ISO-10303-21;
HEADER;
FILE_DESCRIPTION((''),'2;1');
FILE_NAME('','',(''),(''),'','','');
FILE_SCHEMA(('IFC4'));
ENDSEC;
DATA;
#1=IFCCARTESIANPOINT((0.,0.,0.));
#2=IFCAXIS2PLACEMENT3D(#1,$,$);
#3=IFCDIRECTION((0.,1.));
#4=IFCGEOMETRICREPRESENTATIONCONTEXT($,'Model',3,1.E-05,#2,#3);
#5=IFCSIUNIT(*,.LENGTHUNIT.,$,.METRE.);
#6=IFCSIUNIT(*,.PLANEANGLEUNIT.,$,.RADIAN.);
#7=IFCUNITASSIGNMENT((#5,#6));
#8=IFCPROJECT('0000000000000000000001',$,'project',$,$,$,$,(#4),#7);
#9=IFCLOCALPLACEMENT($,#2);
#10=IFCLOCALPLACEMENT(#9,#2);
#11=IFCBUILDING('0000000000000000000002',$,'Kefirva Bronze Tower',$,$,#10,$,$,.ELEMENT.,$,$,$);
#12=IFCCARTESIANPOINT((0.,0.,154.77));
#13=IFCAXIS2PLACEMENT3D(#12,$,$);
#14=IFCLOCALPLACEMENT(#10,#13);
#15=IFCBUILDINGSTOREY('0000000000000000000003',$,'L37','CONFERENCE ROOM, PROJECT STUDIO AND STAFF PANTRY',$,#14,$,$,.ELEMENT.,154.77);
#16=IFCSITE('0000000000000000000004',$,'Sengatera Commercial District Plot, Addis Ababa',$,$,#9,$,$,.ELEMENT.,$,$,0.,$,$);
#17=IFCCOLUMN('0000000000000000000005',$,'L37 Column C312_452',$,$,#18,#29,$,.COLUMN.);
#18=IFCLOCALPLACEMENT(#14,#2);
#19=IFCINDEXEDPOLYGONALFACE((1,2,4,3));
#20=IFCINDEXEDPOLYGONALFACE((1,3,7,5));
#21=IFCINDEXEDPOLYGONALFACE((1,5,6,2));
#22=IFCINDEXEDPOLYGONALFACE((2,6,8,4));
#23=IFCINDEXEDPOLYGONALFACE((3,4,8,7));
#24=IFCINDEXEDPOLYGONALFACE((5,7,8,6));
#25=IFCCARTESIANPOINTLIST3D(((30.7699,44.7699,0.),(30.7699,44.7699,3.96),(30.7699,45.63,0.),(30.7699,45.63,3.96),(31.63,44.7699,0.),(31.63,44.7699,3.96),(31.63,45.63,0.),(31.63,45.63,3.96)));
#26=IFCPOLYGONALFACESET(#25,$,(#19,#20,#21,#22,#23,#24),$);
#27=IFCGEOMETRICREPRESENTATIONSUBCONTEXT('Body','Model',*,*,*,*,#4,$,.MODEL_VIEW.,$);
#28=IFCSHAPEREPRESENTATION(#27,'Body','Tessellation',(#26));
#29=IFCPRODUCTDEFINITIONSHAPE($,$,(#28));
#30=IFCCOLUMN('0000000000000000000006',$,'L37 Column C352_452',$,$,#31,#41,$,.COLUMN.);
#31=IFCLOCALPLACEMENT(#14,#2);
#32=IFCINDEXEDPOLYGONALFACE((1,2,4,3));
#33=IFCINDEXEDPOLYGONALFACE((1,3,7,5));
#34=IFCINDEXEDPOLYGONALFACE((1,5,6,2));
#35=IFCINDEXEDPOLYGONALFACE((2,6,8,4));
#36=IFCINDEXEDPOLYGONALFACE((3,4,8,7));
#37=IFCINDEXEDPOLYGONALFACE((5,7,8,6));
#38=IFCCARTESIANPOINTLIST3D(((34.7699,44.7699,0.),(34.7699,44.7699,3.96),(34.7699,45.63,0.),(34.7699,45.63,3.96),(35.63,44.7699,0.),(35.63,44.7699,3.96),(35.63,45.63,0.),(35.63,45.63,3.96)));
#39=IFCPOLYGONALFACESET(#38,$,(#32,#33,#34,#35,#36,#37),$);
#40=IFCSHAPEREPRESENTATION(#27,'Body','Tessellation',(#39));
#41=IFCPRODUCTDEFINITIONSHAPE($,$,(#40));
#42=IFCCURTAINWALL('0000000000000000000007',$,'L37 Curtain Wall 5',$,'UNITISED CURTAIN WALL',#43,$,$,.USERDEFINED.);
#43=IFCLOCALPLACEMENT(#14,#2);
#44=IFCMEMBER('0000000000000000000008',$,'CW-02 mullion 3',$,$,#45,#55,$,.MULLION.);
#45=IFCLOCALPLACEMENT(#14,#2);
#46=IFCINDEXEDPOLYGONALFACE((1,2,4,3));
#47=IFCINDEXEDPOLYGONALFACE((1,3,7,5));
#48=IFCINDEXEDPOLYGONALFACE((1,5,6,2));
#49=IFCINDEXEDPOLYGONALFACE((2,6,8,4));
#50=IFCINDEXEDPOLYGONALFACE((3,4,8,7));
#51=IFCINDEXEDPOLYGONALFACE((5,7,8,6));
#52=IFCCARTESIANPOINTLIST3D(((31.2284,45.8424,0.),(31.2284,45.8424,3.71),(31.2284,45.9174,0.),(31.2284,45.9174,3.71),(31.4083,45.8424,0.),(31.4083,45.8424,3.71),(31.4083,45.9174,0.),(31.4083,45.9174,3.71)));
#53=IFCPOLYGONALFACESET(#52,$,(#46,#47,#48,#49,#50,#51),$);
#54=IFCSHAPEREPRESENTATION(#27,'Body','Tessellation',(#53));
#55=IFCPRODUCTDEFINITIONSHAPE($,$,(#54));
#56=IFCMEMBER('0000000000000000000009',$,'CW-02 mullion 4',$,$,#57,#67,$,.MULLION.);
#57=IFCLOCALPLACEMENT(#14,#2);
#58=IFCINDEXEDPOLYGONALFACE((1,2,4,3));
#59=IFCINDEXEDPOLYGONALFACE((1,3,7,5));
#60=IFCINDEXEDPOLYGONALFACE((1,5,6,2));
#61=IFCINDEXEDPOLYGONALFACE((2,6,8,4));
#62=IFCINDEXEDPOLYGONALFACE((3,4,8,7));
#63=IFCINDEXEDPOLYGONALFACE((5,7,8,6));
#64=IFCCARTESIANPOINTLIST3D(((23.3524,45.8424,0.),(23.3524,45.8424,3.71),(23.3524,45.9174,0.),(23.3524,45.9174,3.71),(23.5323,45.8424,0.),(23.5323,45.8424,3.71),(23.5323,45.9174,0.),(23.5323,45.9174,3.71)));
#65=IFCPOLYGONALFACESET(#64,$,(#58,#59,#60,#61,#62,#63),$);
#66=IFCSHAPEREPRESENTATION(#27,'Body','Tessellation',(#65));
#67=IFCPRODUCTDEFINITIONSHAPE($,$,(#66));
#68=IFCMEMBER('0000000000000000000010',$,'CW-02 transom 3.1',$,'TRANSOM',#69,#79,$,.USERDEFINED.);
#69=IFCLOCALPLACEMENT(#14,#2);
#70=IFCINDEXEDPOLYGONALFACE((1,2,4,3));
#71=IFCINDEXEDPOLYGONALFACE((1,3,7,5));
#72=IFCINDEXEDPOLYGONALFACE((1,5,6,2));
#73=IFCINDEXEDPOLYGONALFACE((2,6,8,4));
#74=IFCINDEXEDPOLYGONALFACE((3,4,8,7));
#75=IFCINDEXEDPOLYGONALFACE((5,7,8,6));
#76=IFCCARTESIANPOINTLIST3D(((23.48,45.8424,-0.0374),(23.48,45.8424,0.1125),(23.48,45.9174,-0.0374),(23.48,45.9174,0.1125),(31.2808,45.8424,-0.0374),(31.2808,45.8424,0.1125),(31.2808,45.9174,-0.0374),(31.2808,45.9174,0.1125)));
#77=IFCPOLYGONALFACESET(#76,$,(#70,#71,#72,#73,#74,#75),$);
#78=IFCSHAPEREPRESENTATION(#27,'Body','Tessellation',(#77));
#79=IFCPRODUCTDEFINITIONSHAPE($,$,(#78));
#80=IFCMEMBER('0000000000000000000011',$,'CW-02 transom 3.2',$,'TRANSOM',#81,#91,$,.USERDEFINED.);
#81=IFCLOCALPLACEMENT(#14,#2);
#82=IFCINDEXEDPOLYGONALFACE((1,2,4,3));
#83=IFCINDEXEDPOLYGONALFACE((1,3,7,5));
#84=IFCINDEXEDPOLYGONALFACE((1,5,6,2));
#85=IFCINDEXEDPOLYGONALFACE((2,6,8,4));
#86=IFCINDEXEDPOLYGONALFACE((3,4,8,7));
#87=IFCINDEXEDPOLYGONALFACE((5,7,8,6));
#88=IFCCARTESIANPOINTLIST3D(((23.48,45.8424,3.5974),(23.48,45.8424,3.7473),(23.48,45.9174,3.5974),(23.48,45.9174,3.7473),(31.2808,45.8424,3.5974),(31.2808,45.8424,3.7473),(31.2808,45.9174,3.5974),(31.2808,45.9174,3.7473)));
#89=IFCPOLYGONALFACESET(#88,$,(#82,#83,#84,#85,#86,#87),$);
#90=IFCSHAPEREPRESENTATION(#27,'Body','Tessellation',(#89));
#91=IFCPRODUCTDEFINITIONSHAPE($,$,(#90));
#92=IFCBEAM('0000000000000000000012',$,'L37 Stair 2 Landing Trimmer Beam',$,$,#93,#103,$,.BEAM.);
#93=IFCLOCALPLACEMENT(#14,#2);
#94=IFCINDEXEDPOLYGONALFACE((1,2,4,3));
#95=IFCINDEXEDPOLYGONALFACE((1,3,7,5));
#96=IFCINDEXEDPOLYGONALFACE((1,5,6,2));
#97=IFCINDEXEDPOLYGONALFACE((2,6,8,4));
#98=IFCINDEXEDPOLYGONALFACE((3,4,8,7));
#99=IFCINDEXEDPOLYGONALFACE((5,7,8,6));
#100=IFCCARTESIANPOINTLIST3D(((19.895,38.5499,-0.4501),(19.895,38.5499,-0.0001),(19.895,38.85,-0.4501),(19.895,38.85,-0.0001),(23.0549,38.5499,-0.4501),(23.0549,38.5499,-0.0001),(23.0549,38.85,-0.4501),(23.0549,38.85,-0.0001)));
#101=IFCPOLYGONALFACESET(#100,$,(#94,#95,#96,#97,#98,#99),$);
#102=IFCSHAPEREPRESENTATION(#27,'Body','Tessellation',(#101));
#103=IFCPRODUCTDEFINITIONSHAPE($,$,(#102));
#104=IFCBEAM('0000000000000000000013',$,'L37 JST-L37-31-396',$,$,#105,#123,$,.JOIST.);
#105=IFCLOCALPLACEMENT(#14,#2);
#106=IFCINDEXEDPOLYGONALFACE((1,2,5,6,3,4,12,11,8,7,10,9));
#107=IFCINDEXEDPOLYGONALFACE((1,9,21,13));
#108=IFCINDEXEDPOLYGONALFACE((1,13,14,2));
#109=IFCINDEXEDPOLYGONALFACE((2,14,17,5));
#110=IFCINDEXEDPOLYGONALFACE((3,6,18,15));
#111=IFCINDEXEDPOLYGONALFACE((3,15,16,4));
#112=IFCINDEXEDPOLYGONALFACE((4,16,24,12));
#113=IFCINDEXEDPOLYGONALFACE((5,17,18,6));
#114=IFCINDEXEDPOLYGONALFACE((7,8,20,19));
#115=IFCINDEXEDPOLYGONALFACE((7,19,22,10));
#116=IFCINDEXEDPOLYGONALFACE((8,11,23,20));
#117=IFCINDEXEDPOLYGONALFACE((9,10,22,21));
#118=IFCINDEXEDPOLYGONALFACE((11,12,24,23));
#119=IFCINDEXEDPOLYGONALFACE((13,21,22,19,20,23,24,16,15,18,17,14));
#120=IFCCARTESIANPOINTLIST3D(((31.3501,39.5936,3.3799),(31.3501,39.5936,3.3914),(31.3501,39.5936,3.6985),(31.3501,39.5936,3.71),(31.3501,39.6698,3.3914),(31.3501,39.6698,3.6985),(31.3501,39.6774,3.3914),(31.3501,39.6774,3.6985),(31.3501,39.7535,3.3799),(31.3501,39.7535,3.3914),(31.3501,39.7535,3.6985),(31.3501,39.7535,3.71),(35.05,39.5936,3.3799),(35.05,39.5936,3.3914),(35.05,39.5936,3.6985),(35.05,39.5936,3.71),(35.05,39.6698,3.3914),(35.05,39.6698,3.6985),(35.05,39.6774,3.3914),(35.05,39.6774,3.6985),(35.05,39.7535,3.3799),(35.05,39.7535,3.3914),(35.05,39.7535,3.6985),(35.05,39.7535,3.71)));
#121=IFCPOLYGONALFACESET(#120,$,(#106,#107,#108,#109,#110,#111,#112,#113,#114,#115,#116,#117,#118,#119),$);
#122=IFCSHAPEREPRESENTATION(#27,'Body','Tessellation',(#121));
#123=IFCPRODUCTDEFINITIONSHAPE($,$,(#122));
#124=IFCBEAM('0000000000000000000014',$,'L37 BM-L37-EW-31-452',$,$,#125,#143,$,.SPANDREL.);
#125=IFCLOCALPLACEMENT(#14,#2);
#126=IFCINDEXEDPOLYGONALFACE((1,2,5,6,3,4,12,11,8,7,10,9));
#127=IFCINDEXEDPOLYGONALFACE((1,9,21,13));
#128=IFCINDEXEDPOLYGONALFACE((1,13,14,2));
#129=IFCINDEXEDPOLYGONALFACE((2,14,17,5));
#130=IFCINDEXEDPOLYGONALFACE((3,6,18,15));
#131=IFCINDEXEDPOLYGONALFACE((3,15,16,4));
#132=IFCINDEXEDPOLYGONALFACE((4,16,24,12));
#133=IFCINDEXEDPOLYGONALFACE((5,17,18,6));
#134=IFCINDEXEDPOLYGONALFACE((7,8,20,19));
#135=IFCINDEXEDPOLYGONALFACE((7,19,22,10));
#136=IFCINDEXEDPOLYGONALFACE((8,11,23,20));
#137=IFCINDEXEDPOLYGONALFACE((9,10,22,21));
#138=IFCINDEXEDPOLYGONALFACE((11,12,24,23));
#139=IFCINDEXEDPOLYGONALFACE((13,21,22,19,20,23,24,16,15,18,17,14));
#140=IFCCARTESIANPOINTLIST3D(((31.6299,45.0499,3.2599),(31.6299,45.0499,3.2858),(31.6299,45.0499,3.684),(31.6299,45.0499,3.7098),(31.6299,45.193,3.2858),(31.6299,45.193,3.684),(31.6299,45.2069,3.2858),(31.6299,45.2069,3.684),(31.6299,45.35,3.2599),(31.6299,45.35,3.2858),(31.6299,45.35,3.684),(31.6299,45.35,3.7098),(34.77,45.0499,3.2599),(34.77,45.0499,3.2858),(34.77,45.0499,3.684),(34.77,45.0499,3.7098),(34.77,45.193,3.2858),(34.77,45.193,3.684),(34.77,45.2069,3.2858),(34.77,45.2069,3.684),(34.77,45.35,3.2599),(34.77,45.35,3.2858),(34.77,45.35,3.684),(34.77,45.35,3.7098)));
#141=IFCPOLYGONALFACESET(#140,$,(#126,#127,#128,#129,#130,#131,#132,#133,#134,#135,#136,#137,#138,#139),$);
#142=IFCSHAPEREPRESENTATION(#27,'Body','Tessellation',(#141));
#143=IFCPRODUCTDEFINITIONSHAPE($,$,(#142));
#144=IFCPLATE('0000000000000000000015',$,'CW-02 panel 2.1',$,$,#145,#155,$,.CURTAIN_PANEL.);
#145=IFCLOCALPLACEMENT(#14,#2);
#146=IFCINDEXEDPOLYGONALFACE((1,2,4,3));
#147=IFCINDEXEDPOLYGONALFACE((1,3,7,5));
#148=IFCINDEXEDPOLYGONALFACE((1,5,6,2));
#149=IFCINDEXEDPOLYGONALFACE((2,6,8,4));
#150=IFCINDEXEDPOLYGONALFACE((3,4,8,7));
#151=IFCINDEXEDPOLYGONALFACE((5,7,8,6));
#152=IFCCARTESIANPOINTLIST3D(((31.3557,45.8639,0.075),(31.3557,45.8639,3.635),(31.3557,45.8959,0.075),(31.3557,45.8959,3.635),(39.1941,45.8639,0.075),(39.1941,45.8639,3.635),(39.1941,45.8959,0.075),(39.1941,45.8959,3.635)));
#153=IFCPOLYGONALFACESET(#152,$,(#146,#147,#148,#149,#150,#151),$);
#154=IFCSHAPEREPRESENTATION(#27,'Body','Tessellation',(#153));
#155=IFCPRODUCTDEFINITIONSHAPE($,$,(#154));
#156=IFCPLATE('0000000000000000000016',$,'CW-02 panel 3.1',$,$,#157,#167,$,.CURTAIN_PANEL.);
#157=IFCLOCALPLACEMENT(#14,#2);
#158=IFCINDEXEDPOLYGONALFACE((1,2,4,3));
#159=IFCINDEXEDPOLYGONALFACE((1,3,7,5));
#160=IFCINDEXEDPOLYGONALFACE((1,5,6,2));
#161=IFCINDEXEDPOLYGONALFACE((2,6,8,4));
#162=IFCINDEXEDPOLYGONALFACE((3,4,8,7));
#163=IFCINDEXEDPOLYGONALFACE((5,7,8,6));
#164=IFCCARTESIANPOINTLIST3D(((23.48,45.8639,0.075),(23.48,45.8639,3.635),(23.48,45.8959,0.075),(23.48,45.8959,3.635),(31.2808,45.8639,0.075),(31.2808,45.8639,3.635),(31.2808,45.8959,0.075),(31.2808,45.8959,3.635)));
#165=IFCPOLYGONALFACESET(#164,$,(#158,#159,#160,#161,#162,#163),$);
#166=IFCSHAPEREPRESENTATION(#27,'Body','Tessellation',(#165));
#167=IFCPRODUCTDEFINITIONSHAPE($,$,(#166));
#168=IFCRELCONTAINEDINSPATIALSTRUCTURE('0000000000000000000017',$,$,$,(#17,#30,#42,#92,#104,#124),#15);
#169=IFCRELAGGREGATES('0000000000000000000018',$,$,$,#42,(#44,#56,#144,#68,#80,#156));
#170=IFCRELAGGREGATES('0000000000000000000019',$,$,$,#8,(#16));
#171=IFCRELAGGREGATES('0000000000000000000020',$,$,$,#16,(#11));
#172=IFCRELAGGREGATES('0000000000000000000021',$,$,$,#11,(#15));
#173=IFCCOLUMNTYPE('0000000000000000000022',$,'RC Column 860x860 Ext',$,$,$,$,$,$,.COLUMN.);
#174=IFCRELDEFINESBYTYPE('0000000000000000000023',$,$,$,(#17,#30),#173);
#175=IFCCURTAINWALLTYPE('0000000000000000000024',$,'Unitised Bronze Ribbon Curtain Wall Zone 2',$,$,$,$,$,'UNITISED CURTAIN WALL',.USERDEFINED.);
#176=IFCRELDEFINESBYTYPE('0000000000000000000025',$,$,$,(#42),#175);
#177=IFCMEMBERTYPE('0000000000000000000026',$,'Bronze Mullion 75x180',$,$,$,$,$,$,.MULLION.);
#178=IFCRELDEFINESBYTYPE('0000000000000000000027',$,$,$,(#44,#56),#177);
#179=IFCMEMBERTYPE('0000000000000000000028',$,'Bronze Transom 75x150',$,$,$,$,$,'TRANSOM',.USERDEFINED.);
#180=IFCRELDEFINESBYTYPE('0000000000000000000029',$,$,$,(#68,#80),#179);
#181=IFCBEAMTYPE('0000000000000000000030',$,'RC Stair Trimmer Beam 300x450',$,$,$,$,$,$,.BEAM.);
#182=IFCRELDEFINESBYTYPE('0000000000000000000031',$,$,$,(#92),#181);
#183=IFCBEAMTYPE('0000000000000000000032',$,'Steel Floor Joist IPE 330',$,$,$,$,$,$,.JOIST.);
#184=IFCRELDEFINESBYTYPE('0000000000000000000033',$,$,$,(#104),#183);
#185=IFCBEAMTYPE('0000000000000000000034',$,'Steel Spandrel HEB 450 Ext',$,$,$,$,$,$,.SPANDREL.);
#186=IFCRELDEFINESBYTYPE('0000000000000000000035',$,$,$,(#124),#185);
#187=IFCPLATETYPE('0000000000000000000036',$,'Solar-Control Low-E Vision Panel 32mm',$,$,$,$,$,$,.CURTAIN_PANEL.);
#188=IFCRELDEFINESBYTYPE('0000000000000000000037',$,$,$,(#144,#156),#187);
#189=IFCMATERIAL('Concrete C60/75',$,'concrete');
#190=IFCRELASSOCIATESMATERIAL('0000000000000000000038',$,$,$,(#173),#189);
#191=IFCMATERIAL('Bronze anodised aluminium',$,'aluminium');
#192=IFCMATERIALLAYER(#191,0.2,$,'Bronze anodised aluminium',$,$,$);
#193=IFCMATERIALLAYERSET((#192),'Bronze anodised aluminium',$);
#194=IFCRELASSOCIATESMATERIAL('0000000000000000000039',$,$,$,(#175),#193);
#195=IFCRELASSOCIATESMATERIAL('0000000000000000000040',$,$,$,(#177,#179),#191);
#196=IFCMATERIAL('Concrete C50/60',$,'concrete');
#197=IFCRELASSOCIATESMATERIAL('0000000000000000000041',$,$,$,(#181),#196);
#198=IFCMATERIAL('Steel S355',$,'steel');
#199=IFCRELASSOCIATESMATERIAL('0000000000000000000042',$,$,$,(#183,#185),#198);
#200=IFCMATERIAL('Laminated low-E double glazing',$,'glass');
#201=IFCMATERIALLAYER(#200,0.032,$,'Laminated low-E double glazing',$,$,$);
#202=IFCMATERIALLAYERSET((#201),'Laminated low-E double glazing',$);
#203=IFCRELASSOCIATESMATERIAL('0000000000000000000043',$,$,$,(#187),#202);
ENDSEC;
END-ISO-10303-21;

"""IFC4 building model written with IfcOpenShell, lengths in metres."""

from ifc_helpers import new_model, si_unit, direction, frame, origin, origin_2d, place, context, subcontext, project, spatial, rectangle, i_section, extrude, material, layer, layer_set, material_profile, profile_set, type_object, element, aggregate, save


model = new_model("IFC4")

# Units and contexts
model_context = context("Model", 3, precision=1e-05, world=origin(), true_north=direction((0.0, 1.0)))
body_context = subcontext(model_context, "Body", "Model", "MODEL_VIEW")
ifc_project = project(units=[si_unit("LENGTHUNIT", "METRE"), si_unit("PLANEANGLEUNIT", "RADIAN")], contexts=[model_context])

# Site, building, storey
site_placement = place(None, origin())
site = spatial("IfcSite", under=ifc_project, at=site_placement, Name="Sengatera Commercial District Plot, Addis Ababa", CompositionType="ELEMENT", RefElevation=0.0)
building_placement = place(site_placement, origin())
building = spatial("IfcBuilding", under=site, at=building_placement, Name="Kefirva Bronze Tower", CompositionType="ELEMENT")
storey_placement = place(building_placement, frame((0.0, 0.0, 154.77)))
storey = spatial("IfcBuildingStorey", under=building, at=storey_placement, Name="L37", Description="CONFERENCE ROOM, PROJECT STUDIO AND STAFF PANTRY", CompositionType="ELEMENT", Elevation=154.77)

# Columns
ifc_material_1 = material(Name="Concrete C60/75", Category="concrete")
ifc_material_profile_1 = material_profile(ifc_material_1, rectangle(XDim=0.8601, YDim=0.8601, at=origin_2d()), Name="RC 860x860")
ifc_profile_set_1 = profile_set([ifc_material_profile_1], Name="Concrete C60/75")
column_type = type_object("IfcColumnType", Name="RC Column 860x860 Ext", PredefinedType="COLUMN", material=ifc_profile_set_1)
for number, where, z_axis, x_axis, name in (
    (1, (31.2, 45.2, 0.0), (0.0, 0.0, 1.0), (1.0, 0.0, 0.0), "L37 Column C312_452"),
    (2, (35.2, 45.2, 0.0), (0.0, 0.0, 1.0), (1.0, 0.0, 0.0), "L37 Column C352_452"),
):
    element("IfcColumn", number, at=place(storey_placement, frame(where, z_axis=z_axis, x_axis=x_axis)), inside=storey, type_object=column_type, Name=name, PredefinedType="COLUMN", context=body_context, shape_type="SweptSolid", body=[
        extrude(rectangle(XDim=0.8601, YDim=0.8601, at=origin_2d()), origin(), (0.0, 0.0, 1.0), 3.96),
    ])

# Curtain wall, members
ifc_material_2 = material(Name="Bronze anodised aluminium", Category="aluminium")
ifc_layer_1 = layer(ifc_material_2, 0.2, Name="Bronze anodised aluminium")
ifc_layer_set_1 = layer_set([ifc_layer_1], Name="Bronze anodised aluminium")
curtain_wall_type = type_object("IfcCurtainWallType", Name="Unitised Bronze Ribbon Curtain Wall Zone 2", ElementType="UNITISED CURTAIN WALL", PredefinedType="USERDEFINED", material=ifc_layer_set_1)
curtain_wall_placement = place(storey_placement, origin())
curtain_wall = element("IfcCurtainWall", 3, at=curtain_wall_placement, inside=storey, type_object=curtain_wall_type, Name="L37 Curtain Wall 5", ObjectType="UNITISED CURTAIN WALL", PredefinedType="USERDEFINED")
ifc_material_profile_2 = material_profile(ifc_material_2, rectangle(XDim=0.075, YDim=0.1799, at=origin_2d()), Name="ALU 75x180")
ifc_profile_set_2 = profile_set([ifc_material_profile_2], Name="Bronze anodised aluminium")
member_type_1 = type_object("IfcMemberType", Name="Bronze Mullion 75x180", PredefinedType="MULLION", material=ifc_profile_set_2)
member_1_placement = place(storey_placement, frame((31.3184, 45.8799, 0.0), z_axis=(0.0, 0.0, 1.0), x_axis=(0.0, -1.0, 0.0)))
member_1 = element("IfcMember", 4, at=member_1_placement, type_object=member_type_1, Name="CW-02 mullion 3", PredefinedType="MULLION", context=body_context, shape_type="SweptSolid", body=[
    extrude(rectangle(XDim=0.075, YDim=0.1799, at=origin_2d()), origin(), (0.0, 0.0, 1.0), 3.71),
])
member_2_placement = place(storey_placement, frame((23.4424, 45.8799, 0.0), z_axis=(0.0, 0.0, 1.0), x_axis=(0.0, -1.0, 0.0)))
member_2 = element("IfcMember", 5, at=member_2_placement, type_object=member_type_1, Name="CW-02 mullion 4", PredefinedType="MULLION", context=body_context, shape_type="SweptSolid", body=[
    extrude(rectangle(XDim=0.075, YDim=0.1799, at=origin_2d()), origin(), (0.0, 0.0, 1.0), 3.71),
])
ifc_material_profile_3 = material_profile(ifc_material_2, rectangle(XDim=0.075, YDim=0.1499, at=origin_2d()), Name="ALU 75x150")
ifc_profile_set_3 = profile_set([ifc_material_profile_3], Name="Bronze anodised aluminium")
member_type_2 = type_object("IfcMemberType", Name="Bronze Transom 75x150", ElementType="TRANSOM", PredefinedType="USERDEFINED", material=ifc_profile_set_3)
member_3_placement = place(storey_placement, frame((31.2808, 45.8799, 0.0376), z_axis=(-1.0, 0.0, 0.0), x_axis=(0.0, -1.0, 0.0)))
member_3 = element("IfcMember", 6, at=member_3_placement, type_object=member_type_2, Name="CW-02 transom 3.1", ObjectType="TRANSOM", PredefinedType="USERDEFINED", context=body_context, shape_type="SweptSolid", body=[
    extrude(rectangle(XDim=0.075, YDim=0.1499, at=origin_2d()), origin(), (0.0, 0.0, 1.0), 7.8008),
])
member_4_placement = place(storey_placement, frame((31.2808, 45.8799, 3.6724), z_axis=(-1.0, 0.0, 0.0), x_axis=(0.0, -1.0, 0.0)))
member_4 = element("IfcMember", 7, at=member_4_placement, type_object=member_type_2, Name="CW-02 transom 3.2", ObjectType="TRANSOM", PredefinedType="USERDEFINED", context=body_context, shape_type="SweptSolid", body=[
    extrude(rectangle(XDim=0.075, YDim=0.1499, at=origin_2d()), origin(), (0.0, 0.0, 1.0), 7.8008),
])

# Beams
ifc_material_3 = material(Name="Concrete C50/60", Category="concrete")
ifc_material_profile_4 = material_profile(ifc_material_3, rectangle(XDim=0.3, YDim=0.45, at=origin_2d()), Name="RC 300x450")
ifc_profile_set_4 = profile_set([ifc_material_profile_4], Name="Concrete C50/60")
beam_type_1 = type_object("IfcBeamType", Name="RC Stair Trimmer Beam 300x450", PredefinedType="BEAM", material=ifc_profile_set_4)
beam_1_placement = place(storey_placement, frame((19.895, 38.7, -0.2251), z_axis=(1.0, 0.0, 0.0), x_axis=(0.0, 1.0, 0.0)))
element("IfcBeam", 8, at=beam_1_placement, inside=storey, type_object=beam_type_1, Name="L37 Stair 2 Landing Trimmer Beam", PredefinedType="BEAM", context=body_context, shape_type="SweptSolid", body=[
    extrude(rectangle(XDim=0.3, YDim=0.45, at=origin_2d()), origin(), (0.0, 0.0, 1.0), 3.1599),
])
ifc_material_4 = material(Name="Steel S355", Category="steel")
ifc_material_profile_5 = material_profile(ifc_material_4, i_section(OverallWidth=0.1599, OverallDepth=0.3301, WebThickness=0.0076, FlangeThickness=0.0115, at=origin_2d()), Name="IPE 330")
ifc_profile_set_5 = profile_set([ifc_material_profile_5], Name="Steel S355")
beam_type_2 = type_object("IfcBeamType", Name="Steel Floor Joist IPE 330", PredefinedType="JOIST", material=ifc_profile_set_5)
beam_2_placement = place(storey_placement, frame((31.3501, 39.6736, 3.5449), z_axis=(1.0, 0.0, 0.0), x_axis=(0.0, 1.0, 0.0)))
element("IfcBeam", 9, at=beam_2_placement, inside=storey, type_object=beam_type_2, Name="L37 JST-L37-31-396", PredefinedType="JOIST", context=body_context, shape_type="SweptSolid", body=[
    extrude(i_section(OverallWidth=0.1599, OverallDepth=0.3301, WebThickness=0.0076, FlangeThickness=0.0115, at=origin_2d()), origin(), (0.0, 0.0, 1.0), 3.7),
])
ifc_material_profile_6 = material_profile(ifc_material_4, i_section(OverallWidth=0.3, OverallDepth=0.45, WebThickness=0.0139, FlangeThickness=0.0259, at=origin_2d()), Name="HEB 450")
ifc_profile_set_6 = profile_set([ifc_material_profile_6], Name="Steel S355")
beam_type_3 = type_object("IfcBeamType", Name="Steel Spandrel HEB 450 Ext", PredefinedType="SPANDREL", material=ifc_profile_set_6)
beam_3_placement = place(storey_placement, frame((31.6299, 45.2, 3.4849), z_axis=(1.0, 0.0, 0.0), x_axis=(0.0, 1.0, 0.0)))
element("IfcBeam", 10, at=beam_3_placement, inside=storey, type_object=beam_type_3, Name="L37 BM-L37-EW-31-452", PredefinedType="SPANDREL", context=body_context, shape_type="SweptSolid", body=[
    extrude(i_section(OverallWidth=0.3, OverallDepth=0.45, WebThickness=0.0139, FlangeThickness=0.0259, at=origin_2d()), origin(), (0.0, 0.0, 1.0), 3.1401),
])

# Plates
ifc_material_5 = material(Name="Laminated low-E double glazing", Category="glass")
ifc_layer_2 = layer(ifc_material_5, 0.032, Name="Laminated low-E double glazing")
ifc_layer_set_2 = layer_set([ifc_layer_2], Name="Laminated low-E double glazing")
plate_type = type_object("IfcPlateType", Name="Solar-Control Low-E Vision Panel 32mm", PredefinedType="CURTAIN_PANEL", material=ifc_layer_set_2)
plate_1_placement = place(storey_placement, frame((35.2749, 45.8799, 0.075), z_axis=(0.0, 0.0, 1.0), x_axis=(-1.0, 0.0, 0.0)))
plate_1 = element("IfcPlate", 11, at=plate_1_placement, type_object=plate_type, Name="CW-02 panel 2.1", PredefinedType="CURTAIN_PANEL", context=body_context, shape_type="SweptSolid", body=[
    extrude(rectangle(XDim=7.8384, YDim=0.032, at=origin_2d()), origin(), (0.0, 0.0, 1.0), 3.5601),
])
plate_2_placement = place(storey_placement, frame((27.3804, 45.8799, 0.075), z_axis=(0.0, 0.0, 1.0), x_axis=(-1.0, 0.0, 0.0)))
plate_2 = element("IfcPlate", 12, at=plate_2_placement, type_object=plate_type, Name="CW-02 panel 3.1", PredefinedType="CURTAIN_PANEL", context=body_context, shape_type="SweptSolid", body=[
    extrude(rectangle(XDim=7.8008, YDim=0.032, at=origin_2d()), origin(), (0.0, 0.0, 1.0), 3.5601),
])
aggregate(curtain_wall, [member_1, member_2, plate_1, member_3, member_4, plate_2])

save(model, "model.ifc")
